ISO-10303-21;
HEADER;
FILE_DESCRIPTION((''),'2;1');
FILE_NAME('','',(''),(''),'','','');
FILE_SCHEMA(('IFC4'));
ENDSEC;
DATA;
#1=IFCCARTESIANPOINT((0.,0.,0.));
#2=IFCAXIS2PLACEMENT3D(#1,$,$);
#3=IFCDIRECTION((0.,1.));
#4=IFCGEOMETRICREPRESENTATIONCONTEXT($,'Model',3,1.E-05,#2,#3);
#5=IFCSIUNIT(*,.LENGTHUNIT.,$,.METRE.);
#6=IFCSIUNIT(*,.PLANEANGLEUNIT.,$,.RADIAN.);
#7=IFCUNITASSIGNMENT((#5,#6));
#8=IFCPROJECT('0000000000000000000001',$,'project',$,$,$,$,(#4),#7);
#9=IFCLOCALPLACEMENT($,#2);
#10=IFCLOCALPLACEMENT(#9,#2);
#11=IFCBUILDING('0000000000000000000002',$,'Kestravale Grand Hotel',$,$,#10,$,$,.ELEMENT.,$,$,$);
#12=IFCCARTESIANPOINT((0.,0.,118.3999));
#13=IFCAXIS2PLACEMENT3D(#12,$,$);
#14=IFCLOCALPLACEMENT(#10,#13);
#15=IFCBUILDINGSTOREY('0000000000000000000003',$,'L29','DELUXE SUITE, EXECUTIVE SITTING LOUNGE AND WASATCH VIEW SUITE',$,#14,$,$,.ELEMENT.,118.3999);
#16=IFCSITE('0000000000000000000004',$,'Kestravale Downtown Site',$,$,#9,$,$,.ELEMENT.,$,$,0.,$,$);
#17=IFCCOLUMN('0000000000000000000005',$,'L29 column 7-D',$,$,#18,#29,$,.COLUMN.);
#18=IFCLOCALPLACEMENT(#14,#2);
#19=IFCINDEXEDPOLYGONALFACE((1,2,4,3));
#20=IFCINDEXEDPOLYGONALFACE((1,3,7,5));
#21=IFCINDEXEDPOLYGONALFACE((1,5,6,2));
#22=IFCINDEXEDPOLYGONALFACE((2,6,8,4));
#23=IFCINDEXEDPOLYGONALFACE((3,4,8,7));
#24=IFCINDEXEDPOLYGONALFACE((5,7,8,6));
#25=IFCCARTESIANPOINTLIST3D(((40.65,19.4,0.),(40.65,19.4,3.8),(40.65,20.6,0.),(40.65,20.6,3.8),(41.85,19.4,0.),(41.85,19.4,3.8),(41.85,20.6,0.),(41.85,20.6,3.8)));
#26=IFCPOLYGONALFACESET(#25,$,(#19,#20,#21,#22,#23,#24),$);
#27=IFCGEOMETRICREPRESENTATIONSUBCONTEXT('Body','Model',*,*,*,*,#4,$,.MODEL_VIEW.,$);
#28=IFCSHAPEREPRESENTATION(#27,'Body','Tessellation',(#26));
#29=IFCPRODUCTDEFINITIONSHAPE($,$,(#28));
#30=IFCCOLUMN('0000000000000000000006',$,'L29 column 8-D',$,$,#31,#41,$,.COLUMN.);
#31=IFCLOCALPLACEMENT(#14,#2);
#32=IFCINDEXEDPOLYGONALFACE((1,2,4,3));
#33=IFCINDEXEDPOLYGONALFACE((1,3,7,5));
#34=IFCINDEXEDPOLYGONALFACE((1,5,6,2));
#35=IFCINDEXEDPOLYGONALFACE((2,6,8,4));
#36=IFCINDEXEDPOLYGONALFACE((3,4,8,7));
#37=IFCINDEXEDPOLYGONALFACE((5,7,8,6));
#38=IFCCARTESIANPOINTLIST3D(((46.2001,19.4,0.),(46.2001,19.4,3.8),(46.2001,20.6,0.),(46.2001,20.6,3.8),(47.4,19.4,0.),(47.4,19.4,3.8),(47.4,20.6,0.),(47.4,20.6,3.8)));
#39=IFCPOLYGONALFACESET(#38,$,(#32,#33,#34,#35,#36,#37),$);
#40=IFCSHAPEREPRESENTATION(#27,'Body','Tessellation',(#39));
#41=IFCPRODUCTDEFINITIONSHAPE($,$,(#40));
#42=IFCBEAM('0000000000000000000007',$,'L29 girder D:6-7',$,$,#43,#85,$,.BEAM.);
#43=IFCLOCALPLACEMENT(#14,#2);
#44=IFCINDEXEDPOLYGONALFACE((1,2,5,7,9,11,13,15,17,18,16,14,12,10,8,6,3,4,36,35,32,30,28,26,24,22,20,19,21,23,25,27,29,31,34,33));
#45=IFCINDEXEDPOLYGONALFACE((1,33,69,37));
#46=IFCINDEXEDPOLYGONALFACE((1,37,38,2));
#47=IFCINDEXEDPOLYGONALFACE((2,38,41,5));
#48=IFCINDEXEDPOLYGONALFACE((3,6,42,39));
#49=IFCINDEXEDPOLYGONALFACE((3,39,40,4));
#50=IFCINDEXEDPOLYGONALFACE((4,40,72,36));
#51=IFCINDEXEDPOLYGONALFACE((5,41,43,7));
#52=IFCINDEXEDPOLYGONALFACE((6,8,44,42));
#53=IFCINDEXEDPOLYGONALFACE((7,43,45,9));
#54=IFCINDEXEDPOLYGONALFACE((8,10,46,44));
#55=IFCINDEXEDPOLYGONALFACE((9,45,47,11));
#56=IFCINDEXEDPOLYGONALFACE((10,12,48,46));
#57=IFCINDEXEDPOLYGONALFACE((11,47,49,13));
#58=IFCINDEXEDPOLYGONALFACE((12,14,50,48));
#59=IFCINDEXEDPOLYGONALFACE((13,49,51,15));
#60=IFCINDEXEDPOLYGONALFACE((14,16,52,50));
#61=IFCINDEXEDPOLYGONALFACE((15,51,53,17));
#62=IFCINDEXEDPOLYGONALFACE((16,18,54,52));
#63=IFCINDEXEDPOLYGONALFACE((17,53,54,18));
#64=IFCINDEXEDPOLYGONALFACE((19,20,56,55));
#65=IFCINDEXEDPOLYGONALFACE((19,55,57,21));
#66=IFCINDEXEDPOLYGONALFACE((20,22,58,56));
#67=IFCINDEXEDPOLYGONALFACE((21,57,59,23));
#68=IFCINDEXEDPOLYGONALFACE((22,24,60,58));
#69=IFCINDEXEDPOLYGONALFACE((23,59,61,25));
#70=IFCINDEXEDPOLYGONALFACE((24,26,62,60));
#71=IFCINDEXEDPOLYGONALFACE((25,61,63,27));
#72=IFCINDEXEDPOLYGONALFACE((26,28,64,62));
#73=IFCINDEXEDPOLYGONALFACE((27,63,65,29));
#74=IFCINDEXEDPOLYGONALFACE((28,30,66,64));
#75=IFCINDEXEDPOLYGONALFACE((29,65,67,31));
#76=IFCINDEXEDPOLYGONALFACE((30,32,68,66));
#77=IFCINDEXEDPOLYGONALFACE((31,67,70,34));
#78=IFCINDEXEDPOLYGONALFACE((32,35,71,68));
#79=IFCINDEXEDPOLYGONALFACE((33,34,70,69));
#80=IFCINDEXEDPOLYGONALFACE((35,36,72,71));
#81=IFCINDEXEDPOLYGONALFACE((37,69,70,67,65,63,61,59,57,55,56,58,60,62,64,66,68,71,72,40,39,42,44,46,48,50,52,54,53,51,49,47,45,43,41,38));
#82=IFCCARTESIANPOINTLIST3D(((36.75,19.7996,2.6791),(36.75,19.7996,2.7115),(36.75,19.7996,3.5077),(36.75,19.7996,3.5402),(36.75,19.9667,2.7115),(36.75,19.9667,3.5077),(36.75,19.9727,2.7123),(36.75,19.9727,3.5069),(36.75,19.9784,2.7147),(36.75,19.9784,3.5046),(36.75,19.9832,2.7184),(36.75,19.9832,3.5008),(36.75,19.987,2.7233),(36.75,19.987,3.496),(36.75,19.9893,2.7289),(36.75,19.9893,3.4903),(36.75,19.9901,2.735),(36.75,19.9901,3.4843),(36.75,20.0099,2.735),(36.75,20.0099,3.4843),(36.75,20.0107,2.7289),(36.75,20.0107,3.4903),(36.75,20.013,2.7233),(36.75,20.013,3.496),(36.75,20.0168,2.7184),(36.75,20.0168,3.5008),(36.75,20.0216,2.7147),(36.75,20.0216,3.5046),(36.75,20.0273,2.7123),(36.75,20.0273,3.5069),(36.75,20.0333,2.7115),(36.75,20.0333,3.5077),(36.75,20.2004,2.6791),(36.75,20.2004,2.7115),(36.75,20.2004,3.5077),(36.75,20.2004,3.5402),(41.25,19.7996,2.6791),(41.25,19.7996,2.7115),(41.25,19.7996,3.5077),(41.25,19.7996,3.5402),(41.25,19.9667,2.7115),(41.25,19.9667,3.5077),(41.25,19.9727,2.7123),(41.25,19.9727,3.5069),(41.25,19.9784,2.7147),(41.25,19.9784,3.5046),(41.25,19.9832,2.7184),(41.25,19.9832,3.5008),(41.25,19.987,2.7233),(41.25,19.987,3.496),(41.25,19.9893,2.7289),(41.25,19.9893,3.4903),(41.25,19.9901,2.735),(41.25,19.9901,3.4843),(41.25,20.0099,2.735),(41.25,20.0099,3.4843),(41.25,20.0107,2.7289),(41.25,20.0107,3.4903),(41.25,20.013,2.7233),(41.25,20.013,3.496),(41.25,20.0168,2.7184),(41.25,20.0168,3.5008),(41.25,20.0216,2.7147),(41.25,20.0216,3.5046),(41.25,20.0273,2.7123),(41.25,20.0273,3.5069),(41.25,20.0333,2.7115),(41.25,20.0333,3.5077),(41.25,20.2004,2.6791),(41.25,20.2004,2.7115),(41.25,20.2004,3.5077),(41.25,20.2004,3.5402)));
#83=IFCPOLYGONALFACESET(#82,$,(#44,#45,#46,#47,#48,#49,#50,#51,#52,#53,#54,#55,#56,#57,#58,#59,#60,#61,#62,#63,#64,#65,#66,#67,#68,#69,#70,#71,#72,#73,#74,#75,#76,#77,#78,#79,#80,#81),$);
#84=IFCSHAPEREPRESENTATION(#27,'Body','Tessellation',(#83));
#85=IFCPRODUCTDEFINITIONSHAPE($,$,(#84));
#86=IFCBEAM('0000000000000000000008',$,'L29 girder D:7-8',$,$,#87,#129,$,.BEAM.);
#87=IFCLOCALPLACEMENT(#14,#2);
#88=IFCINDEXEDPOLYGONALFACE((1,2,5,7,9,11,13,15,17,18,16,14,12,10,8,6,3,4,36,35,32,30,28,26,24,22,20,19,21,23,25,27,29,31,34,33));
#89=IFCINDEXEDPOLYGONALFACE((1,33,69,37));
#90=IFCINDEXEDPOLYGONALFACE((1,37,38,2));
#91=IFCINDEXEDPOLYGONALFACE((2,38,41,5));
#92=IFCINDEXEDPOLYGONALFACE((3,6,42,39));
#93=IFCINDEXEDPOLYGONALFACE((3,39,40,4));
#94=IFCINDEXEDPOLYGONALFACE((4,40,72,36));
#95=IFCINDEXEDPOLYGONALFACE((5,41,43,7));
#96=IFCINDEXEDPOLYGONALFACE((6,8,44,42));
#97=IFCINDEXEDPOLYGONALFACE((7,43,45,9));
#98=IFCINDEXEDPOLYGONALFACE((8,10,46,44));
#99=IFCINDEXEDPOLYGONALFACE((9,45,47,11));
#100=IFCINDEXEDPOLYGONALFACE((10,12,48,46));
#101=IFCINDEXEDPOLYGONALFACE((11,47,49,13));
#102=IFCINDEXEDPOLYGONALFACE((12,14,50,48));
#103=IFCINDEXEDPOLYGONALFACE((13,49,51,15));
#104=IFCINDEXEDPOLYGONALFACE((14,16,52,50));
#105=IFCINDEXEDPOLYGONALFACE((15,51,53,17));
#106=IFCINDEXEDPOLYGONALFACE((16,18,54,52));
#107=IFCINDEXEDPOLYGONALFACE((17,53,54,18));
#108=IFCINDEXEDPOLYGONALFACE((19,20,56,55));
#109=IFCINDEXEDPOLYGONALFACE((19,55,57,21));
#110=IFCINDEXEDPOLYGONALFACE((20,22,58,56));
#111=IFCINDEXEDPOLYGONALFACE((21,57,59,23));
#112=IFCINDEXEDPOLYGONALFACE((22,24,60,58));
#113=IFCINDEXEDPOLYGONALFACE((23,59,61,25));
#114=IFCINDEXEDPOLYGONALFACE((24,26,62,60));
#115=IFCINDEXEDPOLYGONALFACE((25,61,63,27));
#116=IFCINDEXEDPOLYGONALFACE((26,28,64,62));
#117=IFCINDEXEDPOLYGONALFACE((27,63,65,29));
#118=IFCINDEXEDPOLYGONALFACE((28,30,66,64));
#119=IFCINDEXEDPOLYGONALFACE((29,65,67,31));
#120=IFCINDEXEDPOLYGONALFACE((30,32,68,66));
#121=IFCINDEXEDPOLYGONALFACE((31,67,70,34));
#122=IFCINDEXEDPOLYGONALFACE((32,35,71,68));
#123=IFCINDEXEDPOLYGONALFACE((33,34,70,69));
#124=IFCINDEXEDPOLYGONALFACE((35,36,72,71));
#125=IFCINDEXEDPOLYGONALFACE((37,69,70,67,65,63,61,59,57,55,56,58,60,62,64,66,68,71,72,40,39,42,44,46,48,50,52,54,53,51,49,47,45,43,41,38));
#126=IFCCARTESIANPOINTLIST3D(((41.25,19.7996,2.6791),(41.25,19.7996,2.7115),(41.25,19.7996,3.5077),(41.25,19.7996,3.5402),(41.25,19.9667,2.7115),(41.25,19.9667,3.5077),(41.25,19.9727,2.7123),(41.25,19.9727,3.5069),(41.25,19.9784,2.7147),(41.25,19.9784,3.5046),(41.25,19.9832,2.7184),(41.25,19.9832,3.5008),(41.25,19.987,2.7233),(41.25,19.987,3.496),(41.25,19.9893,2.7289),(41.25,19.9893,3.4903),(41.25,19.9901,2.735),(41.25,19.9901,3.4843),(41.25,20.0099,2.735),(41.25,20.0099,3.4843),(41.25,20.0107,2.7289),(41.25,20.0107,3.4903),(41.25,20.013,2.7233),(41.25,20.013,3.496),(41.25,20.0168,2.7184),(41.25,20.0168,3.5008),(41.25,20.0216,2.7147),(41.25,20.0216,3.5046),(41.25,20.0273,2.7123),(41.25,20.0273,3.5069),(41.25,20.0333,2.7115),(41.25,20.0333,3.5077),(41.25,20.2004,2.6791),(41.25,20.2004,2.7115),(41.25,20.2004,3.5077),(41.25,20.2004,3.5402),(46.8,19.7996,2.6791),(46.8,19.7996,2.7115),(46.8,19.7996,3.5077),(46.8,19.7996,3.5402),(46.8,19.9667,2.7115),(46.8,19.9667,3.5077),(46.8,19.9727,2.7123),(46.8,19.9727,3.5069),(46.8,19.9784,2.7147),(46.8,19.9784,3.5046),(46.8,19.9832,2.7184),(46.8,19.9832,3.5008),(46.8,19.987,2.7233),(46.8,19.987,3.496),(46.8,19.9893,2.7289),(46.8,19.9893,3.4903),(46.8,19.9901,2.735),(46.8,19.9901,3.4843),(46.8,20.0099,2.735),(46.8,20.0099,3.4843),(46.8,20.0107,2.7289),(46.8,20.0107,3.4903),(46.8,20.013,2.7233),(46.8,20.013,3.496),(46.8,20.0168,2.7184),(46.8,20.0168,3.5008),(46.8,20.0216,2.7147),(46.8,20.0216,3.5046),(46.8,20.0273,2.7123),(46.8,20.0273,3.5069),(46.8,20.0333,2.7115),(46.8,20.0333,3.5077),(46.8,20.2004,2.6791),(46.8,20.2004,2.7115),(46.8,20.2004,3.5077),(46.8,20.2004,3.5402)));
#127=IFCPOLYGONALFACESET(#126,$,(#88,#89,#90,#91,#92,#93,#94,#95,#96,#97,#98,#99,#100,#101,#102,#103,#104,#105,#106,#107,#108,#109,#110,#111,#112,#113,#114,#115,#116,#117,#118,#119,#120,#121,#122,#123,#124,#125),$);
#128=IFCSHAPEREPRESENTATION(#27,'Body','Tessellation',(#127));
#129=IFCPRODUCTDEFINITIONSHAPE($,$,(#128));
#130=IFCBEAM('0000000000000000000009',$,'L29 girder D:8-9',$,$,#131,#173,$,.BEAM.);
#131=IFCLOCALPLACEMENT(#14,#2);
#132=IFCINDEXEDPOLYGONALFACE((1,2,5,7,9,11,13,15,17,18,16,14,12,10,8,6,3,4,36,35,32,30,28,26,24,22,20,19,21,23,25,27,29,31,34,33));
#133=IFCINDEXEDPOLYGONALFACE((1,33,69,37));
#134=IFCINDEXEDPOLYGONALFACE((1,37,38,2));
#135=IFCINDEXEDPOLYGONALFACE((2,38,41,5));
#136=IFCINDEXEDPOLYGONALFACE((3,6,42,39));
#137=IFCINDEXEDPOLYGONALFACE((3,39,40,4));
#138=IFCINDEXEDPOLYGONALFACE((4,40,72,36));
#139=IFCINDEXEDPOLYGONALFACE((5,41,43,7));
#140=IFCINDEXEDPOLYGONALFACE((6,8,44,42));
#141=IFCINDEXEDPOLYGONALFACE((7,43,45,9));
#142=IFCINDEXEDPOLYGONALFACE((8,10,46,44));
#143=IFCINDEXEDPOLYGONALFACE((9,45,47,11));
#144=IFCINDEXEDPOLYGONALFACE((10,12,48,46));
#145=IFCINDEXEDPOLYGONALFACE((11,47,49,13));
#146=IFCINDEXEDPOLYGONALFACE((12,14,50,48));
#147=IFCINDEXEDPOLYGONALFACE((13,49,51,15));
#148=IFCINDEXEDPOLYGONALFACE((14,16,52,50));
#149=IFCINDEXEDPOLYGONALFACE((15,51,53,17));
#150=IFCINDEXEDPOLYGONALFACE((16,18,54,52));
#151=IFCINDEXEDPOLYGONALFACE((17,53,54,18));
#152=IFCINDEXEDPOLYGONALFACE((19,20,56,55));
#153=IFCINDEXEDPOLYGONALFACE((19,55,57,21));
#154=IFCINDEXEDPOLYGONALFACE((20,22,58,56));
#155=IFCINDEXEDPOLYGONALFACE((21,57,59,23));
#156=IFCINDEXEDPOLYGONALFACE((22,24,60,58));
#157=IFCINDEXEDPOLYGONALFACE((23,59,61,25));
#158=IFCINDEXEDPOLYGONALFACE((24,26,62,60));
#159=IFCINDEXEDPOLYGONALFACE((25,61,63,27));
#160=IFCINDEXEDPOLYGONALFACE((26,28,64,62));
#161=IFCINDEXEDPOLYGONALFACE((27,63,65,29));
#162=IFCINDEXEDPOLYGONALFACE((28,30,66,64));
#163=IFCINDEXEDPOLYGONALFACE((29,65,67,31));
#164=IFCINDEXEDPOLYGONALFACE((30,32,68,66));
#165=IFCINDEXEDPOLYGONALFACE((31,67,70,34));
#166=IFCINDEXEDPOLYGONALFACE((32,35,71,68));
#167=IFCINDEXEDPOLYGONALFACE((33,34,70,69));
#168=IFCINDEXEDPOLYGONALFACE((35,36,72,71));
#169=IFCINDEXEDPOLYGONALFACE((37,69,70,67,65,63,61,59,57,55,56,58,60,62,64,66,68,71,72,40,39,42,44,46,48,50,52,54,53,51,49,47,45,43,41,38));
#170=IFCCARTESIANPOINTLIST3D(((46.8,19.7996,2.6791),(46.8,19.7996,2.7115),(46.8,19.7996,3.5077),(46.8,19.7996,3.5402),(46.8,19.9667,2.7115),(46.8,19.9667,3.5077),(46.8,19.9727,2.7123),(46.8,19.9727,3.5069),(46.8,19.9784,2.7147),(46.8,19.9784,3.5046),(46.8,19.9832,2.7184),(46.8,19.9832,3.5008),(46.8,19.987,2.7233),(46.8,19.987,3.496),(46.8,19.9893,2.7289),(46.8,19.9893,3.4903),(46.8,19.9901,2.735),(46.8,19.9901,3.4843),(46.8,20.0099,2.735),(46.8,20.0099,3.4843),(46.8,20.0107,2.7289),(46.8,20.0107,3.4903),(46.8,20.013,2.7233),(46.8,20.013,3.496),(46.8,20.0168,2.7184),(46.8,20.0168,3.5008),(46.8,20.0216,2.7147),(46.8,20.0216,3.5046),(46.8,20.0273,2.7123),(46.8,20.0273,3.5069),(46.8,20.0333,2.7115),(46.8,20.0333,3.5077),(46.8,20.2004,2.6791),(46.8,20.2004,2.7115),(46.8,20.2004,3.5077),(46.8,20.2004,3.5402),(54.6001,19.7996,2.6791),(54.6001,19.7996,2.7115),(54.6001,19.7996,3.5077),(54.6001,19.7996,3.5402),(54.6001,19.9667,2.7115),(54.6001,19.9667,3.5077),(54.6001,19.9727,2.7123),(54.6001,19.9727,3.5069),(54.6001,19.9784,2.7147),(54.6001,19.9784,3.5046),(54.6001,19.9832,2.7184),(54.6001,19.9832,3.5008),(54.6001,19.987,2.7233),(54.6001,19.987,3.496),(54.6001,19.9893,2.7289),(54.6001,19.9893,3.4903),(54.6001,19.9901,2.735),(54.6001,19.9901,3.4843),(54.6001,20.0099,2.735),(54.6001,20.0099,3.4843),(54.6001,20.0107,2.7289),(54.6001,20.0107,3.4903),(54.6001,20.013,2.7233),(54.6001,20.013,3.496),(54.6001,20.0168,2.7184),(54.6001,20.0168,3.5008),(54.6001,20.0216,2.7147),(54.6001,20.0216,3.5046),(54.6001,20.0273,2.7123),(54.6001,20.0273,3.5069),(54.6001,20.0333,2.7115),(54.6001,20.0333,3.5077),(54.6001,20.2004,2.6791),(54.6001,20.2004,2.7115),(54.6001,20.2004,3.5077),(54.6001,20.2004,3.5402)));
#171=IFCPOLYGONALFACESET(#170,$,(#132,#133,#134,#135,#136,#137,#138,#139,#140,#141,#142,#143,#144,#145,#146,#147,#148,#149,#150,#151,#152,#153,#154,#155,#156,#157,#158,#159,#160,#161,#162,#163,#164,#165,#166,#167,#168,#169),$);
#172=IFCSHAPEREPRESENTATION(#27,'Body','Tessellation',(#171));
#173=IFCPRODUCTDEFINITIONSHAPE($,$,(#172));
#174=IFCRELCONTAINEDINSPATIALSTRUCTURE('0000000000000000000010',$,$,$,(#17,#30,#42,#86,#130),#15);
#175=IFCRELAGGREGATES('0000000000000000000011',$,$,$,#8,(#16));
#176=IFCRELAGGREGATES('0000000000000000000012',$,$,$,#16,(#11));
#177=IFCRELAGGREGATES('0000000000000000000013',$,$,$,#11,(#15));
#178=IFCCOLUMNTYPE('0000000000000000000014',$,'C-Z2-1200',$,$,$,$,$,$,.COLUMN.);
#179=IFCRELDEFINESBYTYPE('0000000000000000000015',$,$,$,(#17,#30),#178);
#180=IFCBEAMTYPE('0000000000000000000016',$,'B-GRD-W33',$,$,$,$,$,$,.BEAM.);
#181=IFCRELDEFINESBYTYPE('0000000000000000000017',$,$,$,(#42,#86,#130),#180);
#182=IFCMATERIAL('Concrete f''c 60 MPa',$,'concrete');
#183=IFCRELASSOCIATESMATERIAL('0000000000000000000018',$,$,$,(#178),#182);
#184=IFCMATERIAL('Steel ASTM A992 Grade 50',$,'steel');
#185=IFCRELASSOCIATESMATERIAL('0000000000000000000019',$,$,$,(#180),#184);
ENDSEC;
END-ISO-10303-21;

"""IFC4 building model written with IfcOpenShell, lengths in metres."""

from ifc_helpers import new_model, si_unit, direction, frame, origin, origin_2d, place, context, subcontext, project, spatial, rectangle, i_section, extrude, material, material_profile, profile_set, type_object, element, save


model = new_model("IFC4")

# Units and contexts
model_context = context("Model", 3, precision=1e-05, world=origin(), true_north=direction((0.0, 1.0)))
body_context = subcontext(model_context, "Body", "Model", "MODEL_VIEW")
ifc_project = project(units=[si_unit("LENGTHUNIT", "METRE"), si_unit("PLANEANGLEUNIT", "RADIAN")], contexts=[model_context])

# Site, building, storey
site_placement = place(None, origin())
site = spatial("IfcSite", under=ifc_project, at=site_placement, Name="Kestravale Downtown Site", CompositionType="ELEMENT", RefElevation=0.0)
building_placement = place(site_placement, origin())
building = spatial("IfcBuilding", under=site, at=building_placement, Name="Kestravale Grand Hotel", CompositionType="ELEMENT")
storey_placement = place(building_placement, frame((0.0, 0.0, 118.3999)))
storey = spatial("IfcBuildingStorey", under=building, at=storey_placement, Name="L29", Description="DELUXE SUITE, EXECUTIVE SITTING LOUNGE AND WASATCH VIEW SUITE", CompositionType="ELEMENT", Elevation=118.3999)

# Columns
ifc_material_1 = material(Name="Concrete f'c 60 MPa", Category="concrete")
ifc_material_profile_1 = material_profile(ifc_material_1, rectangle(XDim=1.2, YDim=1.2, at=origin_2d()))
ifc_profile_set_1 = profile_set([ifc_material_profile_1], Name="Concrete f'c 60 MPa")
column_type = type_object("IfcColumnType", Name="C-Z2-1200", PredefinedType="COLUMN", material=ifc_profile_set_1)
for number, where, z_axis, x_axis, name in (
    (1, (41.25, 20.0, 0.0), (0.0, 0.0, 1.0), (1.0, 0.0, 0.0), "L29 column 7-D"),
    (2, (46.8, 20.0, 0.0), (0.0, 0.0, 1.0), (1.0, 0.0, 0.0), "L29 column 8-D"),
):
    element("IfcColumn", number, at=place(storey_placement, frame(where, z_axis=z_axis, x_axis=x_axis)), inside=storey, type_object=column_type, Name=name, PredefinedType="COLUMN", context=body_context, shape_type="SweptSolid", body=[
        extrude(rectangle(XDim=1.2, YDim=1.2, at=origin_2d()), origin(), (0.0, 0.0, 1.0), 3.8),
    ])

# Beams
ifc_material_2 = material(Name="Steel ASTM A992 Grade 50", Category="steel")
ifc_material_profile_2 = material_profile(ifc_material_2, i_section(OverallWidth=0.4009, OverallDepth=0.8611, WebThickness=0.0198, FlangeThickness=0.0325, FilletRadius=0.0234, at=origin_2d()))
ifc_profile_set_2 = profile_set([ifc_material_profile_2], Name="Steel ASTM A992 Grade 50")
beam_type = type_object("IfcBeamType", Name="B-GRD-W33", PredefinedType="BEAM", material=ifc_profile_set_2)
beam_1_placement = place(storey_placement, frame((36.75, 20.0, 3.1096), z_axis=(1.0, 0.0, 0.0), x_axis=(0.0, 1.0, 0.0)))
element("IfcBeam", 3, at=beam_1_placement, inside=storey, type_object=beam_type, Name="L29 girder D:6-7", PredefinedType="BEAM", context=body_context, shape_type="SweptSolid", body=[
    extrude(i_section(OverallWidth=0.4009, OverallDepth=0.8611, WebThickness=0.0198, FlangeThickness=0.0325, FilletRadius=0.0234, at=origin_2d()), origin(), (0.0, 0.0, 1.0), 4.5),
])
beam_2_placement = place(storey_placement, frame((41.25, 20.0, 3.1096), z_axis=(1.0, 0.0, 0.0), x_axis=(0.0, 1.0, 0.0)))
element("IfcBeam", 4, at=beam_2_placement, inside=storey, type_object=beam_type, Name="L29 girder D:7-8", PredefinedType="BEAM", context=body_context, shape_type="SweptSolid", body=[
    extrude(i_section(OverallWidth=0.4009, OverallDepth=0.8611, WebThickness=0.0198, FlangeThickness=0.0325, FilletRadius=0.0234, at=origin_2d()), origin(), (0.0, 0.0, 1.0), 5.55),
])
beam_3_placement = place(storey_placement, frame((46.8, 20.0, 3.1096), z_axis=(1.0, 0.0, 0.0), x_axis=(0.0, 1.0, 0.0)))
element("IfcBeam", 5, at=beam_3_placement, inside=storey, type_object=beam_type, Name="L29 girder D:8-9", PredefinedType="BEAM", context=body_context, shape_type="SweptSolid", body=[
    extrude(i_section(OverallWidth=0.4009, OverallDepth=0.8611, WebThickness=0.0198, FlangeThickness=0.0325, FilletRadius=0.0234, at=origin_2d()), origin(), (0.0, 0.0, 1.0), 7.8),
])

save(model, "model.ifc")
